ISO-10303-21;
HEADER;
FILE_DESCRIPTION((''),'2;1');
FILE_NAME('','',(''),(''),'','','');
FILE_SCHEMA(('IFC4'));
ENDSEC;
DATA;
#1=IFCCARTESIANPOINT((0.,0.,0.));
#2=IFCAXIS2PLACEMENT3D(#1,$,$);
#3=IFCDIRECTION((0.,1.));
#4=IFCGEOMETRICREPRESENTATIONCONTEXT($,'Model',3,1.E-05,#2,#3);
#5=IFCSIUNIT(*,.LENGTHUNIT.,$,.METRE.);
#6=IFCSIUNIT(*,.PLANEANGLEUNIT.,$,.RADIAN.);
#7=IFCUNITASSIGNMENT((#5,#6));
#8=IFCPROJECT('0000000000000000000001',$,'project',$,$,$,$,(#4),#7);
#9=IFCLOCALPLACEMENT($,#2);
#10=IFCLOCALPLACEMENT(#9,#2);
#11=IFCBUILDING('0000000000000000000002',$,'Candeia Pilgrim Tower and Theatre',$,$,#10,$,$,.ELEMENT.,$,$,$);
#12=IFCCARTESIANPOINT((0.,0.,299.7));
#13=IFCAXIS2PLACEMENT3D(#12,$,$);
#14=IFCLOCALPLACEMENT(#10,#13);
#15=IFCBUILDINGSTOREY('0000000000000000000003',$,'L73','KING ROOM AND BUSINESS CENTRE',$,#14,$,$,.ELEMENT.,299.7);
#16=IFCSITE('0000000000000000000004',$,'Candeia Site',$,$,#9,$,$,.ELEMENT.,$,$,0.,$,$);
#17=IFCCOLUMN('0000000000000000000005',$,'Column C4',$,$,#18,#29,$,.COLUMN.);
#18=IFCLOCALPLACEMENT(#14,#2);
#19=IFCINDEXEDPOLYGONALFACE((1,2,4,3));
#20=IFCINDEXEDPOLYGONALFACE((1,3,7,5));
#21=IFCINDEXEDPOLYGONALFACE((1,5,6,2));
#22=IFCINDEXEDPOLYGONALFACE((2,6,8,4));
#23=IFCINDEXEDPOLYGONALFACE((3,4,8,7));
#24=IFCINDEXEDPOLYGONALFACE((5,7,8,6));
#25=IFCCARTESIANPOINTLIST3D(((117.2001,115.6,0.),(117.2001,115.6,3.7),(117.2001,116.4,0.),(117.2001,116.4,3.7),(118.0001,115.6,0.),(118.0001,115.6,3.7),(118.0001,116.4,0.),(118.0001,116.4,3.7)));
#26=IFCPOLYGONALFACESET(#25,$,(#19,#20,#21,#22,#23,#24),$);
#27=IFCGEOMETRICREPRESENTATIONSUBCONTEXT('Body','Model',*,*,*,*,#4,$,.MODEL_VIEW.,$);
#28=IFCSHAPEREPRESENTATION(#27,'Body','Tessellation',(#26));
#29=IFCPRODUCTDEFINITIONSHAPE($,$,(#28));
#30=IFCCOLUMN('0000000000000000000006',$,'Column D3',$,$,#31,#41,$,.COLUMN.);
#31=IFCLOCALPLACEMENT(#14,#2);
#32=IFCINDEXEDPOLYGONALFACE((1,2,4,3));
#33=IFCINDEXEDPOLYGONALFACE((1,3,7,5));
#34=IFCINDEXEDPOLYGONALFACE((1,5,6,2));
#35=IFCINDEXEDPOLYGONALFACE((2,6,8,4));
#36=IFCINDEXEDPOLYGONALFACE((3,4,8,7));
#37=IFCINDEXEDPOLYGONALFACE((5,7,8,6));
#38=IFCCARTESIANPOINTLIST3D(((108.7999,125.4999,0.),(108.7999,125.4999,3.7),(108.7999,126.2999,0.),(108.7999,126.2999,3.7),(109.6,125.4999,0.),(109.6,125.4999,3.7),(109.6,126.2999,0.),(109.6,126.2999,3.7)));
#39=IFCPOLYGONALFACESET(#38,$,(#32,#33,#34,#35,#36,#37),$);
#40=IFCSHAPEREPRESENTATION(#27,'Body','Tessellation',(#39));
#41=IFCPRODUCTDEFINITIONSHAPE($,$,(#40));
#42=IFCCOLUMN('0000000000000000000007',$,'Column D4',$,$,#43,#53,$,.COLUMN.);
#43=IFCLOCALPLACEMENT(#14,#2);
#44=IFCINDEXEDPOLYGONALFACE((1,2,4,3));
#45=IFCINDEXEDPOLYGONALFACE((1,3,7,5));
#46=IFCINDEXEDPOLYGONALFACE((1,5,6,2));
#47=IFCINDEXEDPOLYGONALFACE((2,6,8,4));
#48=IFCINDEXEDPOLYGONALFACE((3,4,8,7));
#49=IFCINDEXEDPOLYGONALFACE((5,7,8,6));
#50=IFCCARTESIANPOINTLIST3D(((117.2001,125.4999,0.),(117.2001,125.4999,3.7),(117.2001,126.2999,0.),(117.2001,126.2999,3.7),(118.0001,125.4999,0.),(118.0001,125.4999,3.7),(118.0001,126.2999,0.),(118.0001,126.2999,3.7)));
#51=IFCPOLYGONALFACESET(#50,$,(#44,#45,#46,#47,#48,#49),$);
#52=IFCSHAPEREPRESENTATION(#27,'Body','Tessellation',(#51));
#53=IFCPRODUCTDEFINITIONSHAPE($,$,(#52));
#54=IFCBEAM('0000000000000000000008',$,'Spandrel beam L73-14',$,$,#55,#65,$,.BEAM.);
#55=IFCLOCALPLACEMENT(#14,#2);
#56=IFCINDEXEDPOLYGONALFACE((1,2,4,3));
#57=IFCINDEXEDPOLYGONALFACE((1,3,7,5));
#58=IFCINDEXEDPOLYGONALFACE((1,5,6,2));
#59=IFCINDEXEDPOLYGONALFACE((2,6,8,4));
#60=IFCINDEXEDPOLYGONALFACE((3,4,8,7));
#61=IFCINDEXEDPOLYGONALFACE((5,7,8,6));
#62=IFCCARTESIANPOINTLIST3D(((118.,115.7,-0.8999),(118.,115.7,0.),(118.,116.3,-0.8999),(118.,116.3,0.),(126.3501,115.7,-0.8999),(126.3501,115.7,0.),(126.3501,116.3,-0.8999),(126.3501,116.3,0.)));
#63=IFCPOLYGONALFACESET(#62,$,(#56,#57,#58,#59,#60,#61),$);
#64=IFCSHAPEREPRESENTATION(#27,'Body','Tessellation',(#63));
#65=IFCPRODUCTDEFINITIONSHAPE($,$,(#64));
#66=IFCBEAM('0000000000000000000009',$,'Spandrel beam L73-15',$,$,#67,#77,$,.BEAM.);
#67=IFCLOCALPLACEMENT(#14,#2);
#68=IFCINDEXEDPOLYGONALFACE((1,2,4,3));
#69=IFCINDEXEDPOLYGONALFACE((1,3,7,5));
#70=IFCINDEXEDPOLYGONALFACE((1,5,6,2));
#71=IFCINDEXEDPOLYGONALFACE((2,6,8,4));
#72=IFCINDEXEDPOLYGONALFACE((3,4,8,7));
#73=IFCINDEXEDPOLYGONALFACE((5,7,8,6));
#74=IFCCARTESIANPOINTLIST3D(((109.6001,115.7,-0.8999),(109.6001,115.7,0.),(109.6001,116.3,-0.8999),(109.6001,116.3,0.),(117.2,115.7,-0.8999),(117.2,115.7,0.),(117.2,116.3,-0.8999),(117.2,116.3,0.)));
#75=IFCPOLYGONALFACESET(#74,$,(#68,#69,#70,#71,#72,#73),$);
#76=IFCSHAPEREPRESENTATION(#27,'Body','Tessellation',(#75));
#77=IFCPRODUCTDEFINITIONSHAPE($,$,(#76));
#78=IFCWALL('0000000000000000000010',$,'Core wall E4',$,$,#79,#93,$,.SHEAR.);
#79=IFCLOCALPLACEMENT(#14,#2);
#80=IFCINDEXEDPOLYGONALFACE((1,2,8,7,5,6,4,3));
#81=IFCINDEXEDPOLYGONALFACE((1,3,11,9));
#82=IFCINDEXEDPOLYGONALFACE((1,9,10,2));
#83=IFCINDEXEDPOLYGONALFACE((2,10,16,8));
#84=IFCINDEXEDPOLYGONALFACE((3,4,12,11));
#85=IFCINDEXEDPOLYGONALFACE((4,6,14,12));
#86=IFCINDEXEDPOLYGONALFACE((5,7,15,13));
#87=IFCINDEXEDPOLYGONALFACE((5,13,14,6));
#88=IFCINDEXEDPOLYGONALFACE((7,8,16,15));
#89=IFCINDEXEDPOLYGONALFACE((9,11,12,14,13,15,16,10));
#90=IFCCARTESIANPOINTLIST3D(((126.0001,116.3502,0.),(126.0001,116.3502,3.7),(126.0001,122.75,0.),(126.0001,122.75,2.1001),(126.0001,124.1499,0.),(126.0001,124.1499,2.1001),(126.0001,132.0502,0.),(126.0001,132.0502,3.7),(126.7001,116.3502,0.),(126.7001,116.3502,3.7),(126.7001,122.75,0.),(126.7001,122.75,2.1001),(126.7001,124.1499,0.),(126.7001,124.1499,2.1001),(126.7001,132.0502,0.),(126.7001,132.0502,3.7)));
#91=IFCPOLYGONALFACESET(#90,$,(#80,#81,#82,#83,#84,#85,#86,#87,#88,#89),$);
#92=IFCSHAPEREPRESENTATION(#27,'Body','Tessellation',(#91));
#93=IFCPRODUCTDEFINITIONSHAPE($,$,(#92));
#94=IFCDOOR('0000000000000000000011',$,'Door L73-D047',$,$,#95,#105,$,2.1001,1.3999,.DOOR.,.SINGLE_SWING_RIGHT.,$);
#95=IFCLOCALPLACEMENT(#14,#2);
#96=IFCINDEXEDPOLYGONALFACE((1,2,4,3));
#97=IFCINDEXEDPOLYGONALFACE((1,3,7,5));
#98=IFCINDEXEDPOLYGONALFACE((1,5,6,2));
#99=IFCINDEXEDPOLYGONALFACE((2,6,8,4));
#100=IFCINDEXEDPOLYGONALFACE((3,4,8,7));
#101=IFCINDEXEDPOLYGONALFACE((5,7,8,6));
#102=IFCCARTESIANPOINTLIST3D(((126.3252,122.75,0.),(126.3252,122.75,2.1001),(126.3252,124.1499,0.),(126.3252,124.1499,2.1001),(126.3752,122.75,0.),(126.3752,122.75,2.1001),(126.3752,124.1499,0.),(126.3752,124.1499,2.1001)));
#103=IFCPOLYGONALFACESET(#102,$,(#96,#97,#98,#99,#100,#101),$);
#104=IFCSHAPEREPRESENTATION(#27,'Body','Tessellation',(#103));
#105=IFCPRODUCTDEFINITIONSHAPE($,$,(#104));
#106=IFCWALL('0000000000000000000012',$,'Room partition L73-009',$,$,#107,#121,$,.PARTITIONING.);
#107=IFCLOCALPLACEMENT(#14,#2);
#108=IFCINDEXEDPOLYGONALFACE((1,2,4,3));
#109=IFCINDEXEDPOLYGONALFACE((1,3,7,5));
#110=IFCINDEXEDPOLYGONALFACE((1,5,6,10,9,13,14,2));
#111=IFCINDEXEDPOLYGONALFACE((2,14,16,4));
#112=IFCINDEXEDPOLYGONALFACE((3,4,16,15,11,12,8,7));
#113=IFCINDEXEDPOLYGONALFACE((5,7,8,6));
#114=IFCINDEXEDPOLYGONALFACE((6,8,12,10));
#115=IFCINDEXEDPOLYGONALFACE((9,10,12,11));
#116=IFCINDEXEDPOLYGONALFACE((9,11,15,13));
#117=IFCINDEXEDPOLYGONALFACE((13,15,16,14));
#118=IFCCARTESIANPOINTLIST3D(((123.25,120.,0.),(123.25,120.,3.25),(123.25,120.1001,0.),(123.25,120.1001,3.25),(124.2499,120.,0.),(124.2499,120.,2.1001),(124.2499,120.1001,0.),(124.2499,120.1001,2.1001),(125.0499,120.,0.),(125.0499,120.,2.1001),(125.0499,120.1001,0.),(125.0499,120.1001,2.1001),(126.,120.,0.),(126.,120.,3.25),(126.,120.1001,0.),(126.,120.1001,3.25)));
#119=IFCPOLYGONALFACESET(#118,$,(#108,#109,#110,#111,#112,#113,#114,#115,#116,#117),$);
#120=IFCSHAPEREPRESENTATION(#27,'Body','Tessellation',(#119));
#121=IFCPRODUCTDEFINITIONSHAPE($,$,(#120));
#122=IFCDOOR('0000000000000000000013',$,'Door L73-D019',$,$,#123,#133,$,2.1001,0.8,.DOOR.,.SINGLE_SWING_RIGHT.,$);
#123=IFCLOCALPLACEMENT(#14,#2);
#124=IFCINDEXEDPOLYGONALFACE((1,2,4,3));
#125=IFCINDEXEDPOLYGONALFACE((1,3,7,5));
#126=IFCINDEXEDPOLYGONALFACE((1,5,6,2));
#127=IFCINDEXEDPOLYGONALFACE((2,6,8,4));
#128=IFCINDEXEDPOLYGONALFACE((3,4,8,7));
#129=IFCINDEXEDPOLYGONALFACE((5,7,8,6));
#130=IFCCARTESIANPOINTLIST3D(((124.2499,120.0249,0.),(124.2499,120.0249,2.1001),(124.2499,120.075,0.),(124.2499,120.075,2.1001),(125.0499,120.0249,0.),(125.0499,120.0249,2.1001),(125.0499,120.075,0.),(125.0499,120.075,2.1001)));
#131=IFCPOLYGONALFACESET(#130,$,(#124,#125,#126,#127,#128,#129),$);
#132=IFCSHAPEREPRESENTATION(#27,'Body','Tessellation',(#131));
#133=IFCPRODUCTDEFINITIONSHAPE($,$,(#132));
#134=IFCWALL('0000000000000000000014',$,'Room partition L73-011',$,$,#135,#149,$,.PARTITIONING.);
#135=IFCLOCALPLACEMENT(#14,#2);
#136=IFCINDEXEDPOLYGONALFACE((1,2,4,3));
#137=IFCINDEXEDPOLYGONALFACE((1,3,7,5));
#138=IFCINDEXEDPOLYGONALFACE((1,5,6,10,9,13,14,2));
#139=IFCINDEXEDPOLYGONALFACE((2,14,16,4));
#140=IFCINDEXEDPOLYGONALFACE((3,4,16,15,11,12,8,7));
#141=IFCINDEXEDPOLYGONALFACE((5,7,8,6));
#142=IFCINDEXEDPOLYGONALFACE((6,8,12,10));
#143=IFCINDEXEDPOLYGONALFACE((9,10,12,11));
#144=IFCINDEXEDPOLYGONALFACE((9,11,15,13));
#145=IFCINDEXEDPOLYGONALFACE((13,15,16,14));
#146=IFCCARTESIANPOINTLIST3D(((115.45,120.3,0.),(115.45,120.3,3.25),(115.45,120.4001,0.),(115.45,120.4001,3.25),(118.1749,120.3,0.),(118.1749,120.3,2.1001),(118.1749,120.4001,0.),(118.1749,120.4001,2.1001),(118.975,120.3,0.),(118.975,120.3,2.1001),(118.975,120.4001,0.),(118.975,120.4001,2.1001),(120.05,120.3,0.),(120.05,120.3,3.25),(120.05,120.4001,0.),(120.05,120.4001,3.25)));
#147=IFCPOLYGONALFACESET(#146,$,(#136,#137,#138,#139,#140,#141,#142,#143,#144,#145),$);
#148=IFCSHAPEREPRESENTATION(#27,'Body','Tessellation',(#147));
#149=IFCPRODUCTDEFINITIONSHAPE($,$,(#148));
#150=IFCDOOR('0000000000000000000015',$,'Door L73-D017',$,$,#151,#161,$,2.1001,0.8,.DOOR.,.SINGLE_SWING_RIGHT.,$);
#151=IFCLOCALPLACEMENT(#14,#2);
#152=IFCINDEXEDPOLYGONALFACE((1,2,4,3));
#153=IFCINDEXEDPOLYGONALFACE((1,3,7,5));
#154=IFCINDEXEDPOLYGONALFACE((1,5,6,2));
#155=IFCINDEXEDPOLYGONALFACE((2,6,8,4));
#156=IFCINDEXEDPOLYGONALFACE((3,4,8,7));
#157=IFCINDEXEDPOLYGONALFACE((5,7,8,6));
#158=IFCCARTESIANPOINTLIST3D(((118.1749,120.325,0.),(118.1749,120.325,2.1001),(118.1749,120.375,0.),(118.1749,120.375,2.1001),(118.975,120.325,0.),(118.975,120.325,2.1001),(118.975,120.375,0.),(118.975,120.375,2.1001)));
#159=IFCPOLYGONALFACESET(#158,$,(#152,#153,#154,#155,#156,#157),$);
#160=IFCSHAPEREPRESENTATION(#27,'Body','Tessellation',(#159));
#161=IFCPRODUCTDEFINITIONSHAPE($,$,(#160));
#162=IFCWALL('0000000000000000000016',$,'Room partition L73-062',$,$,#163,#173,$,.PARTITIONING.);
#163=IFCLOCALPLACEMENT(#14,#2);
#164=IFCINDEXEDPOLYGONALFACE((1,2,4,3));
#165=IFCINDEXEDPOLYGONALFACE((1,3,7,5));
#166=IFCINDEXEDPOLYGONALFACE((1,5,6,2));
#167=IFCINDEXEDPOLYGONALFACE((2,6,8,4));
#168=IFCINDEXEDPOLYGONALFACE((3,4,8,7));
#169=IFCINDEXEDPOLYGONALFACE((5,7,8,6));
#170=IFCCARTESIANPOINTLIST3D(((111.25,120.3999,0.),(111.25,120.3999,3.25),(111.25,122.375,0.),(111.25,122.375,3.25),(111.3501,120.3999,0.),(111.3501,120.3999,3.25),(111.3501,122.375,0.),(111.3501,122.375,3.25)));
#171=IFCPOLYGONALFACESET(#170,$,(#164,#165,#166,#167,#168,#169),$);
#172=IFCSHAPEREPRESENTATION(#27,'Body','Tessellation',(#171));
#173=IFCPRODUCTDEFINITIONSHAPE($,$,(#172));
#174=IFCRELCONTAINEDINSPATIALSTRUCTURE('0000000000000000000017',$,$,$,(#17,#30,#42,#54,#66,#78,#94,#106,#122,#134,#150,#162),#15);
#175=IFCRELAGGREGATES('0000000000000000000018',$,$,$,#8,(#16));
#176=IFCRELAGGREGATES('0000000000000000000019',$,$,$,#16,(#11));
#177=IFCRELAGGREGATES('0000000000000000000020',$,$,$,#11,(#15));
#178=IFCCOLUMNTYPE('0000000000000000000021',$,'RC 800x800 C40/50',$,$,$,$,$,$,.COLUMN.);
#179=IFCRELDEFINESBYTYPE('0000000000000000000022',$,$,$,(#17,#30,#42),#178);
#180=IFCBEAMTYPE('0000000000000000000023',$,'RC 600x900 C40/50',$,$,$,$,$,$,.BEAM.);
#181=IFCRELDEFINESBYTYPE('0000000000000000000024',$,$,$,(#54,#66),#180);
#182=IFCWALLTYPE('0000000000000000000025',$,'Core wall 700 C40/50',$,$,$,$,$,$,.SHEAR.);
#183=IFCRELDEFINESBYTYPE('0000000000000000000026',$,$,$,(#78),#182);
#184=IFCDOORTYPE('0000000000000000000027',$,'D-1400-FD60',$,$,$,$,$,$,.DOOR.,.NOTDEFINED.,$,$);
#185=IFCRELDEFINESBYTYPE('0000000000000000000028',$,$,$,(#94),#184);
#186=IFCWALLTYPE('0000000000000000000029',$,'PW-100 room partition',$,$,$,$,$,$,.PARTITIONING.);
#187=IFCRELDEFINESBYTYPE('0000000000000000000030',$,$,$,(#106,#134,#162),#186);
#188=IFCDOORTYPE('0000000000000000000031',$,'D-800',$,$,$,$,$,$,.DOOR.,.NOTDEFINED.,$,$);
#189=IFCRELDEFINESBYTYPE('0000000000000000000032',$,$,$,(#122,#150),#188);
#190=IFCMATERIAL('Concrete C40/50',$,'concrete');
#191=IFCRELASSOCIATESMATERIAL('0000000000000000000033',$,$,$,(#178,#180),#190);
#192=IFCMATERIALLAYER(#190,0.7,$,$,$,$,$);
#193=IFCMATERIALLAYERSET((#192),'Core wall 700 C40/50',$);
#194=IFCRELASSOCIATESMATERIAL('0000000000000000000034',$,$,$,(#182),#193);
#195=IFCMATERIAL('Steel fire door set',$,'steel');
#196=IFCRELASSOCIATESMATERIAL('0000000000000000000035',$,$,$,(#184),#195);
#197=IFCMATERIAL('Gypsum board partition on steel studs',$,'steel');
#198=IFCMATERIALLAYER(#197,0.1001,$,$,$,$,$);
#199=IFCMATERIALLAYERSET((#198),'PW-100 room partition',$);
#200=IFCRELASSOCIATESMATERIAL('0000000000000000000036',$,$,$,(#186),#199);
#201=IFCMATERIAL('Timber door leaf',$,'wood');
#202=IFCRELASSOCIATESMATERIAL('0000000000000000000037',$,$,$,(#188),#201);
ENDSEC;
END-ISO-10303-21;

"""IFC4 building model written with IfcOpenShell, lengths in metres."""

from ifc_helpers import new_model, si_unit, direction, frame, frame_2d, origin, origin_2d, place, context, subcontext, project, spatial, rectangle, extrude, material, layer, layer_set, material_profile, profile_set, type_object, element, fill, save


model = new_model("IFC4")

# Units and contexts
model_context = context("Model", 3, precision=1e-05, world=origin(), true_north=direction((0.0, 1.0)))
body_context = subcontext(model_context, "Body", "Model", "MODEL_VIEW")
ifc_project = project(units=[si_unit("LENGTHUNIT", "METRE"), si_unit("PLANEANGLEUNIT", "RADIAN")], contexts=[model_context])

# Site, building, storey
site_placement = place(None, origin())
site = spatial("IfcSite", under=ifc_project, at=site_placement, Name="Candeia Site", CompositionType="ELEMENT", RefElevation=0.0)
building_placement = place(site_placement, origin())
building = spatial("IfcBuilding", under=site, at=building_placement, Name="Candeia Pilgrim Tower and Theatre", CompositionType="ELEMENT")
storey_placement = place(building_placement, frame((0.0, 0.0, 299.7)))
storey = spatial("IfcBuildingStorey", under=building, at=storey_placement, Name="L73", Description="KING ROOM AND BUSINESS CENTRE", CompositionType="ELEMENT", Elevation=299.7)

# Columns
ifc_material_1 = material(Name="Concrete C40/50", Category="concrete")
ifc_material_profile_1 = material_profile(ifc_material_1, rectangle(XDim=0.8, YDim=0.8, at=origin_2d()))
ifc_profile_set_1 = profile_set([ifc_material_profile_1], Name="Concrete C40/50")
column_type = type_object("IfcColumnType", Name="RC 800x800 C40/50", PredefinedType="COLUMN", material=ifc_profile_set_1)
for number, where, z_axis, x_axis, name in (
    (1, (117.6001, 116.0, 0.0), (0.0, 0.0, 1.0), (1.0, 0.0, 0.0), "Column C4"),
    (2, (109.2, 125.8999, 0.0), (0.0, 0.0, 1.0), (1.0, 0.0, 0.0), "Column D3"),
    (3, (117.6001, 125.8999, 0.0), (0.0, 0.0, 1.0), (1.0, 0.0, 0.0), "Column D4"),
):
    element("IfcColumn", number, at=place(storey_placement, frame(where, z_axis=z_axis, x_axis=x_axis)), inside=storey, type_object=column_type, Name=name, PredefinedType="COLUMN", context=body_context, shape_type="SweptSolid", body=[
        extrude(rectangle(XDim=0.8, YDim=0.8, at=origin_2d()), origin(), (0.0, 0.0, 1.0), 3.7),
    ])

# Beams
ifc_material_profile_2 = material_profile(ifc_material_1, rectangle(XDim=0.6001, YDim=0.8999, at=origin_2d()))
ifc_profile_set_2 = profile_set([ifc_material_profile_2], Name="Concrete C40/50")
beam_type = type_object("IfcBeamType", Name="RC 600x900 C40/50", PredefinedType="BEAM", material=ifc_profile_set_2)
beam_1_placement = place(storey_placement, frame((126.3501, 116.0, -0.45), z_axis=(-1.0, 0.0, 0.0), x_axis=(0.0, -1.0, 0.0)))
element("IfcBeam", 4, at=beam_1_placement, inside=storey, type_object=beam_type, Name="Spandrel beam L73-14", PredefinedType="BEAM", context=body_context, shape_type="SweptSolid", body=[
    extrude(rectangle(XDim=0.6001, YDim=0.8999, at=origin_2d()), origin(), (0.0, 0.0, 1.0), 8.3501),
])
beam_2_placement = place(storey_placement, frame((117.2, 116.0, -0.45), z_axis=(-1.0, 0.0, 0.0), x_axis=(0.0, -1.0, 0.0)))
element("IfcBeam", 5, at=beam_2_placement, inside=storey, type_object=beam_type, Name="Spandrel beam L73-15", PredefinedType="BEAM", context=body_context, shape_type="SweptSolid", body=[
    extrude(rectangle(XDim=0.6001, YDim=0.8999, at=origin_2d()), origin(), (0.0, 0.0, 1.0), 7.5999),
])

# Walls, openings, doors
ifc_layer_1 = layer(ifc_material_1, 0.7)
ifc_layer_set_1 = layer_set([ifc_layer_1], Name="Core wall 700 C40/50")
wall_type_1 = type_object("IfcWallType", Name="Core wall 700 C40/50", PredefinedType="SHEAR", material=ifc_layer_set_1)
wall_1_placement = place(storey_placement, frame((126.3501, 116.3501, 0.0), z_axis=(0.0, 0.0, 1.0), x_axis=(0.0, 1.0, 0.0)))
wall_1 = element("IfcWall", 6, at=wall_1_placement, inside=storey, type_object=wall_type_1, Name="Core wall E4", PredefinedType="SHEAR", context=body_context, shape_type="SweptSolid", body=[
    extrude(rectangle(XDim=15.7, YDim=0.7, at=frame_2d((7.8501, 0.0))), origin(), (0.0, 0.0, 1.0), 3.7),
])
opening_1_placement = place(wall_1_placement, frame((6.3999, 0.0, 0.0)))
opening_1 = element("IfcOpeningElement", 7, at=opening_1_placement, cuts=wall_1, PredefinedType="OPENING", context=body_context, shape_type="SweptSolid", body=[
    extrude(rectangle(XDim=1.3999, YDim=2.1001, at=frame_2d((0.7, 1.05))), frame((0.0, 0.3599, 0.0), z_axis=(0.0, -1.0, 0.0), x_axis=(1.0, 0.0, 0.0)), (0.0, 0.0, 1.0), 0.72),
])
ifc_material_2 = material(Name="Steel fire door set", Category="steel")
door_type_1 = type_object("IfcDoorType", Name="D-1400-FD60", OperationType="NOTDEFINED", PredefinedType="DOOR", material=ifc_material_2)
door_1_placement = place(opening_1_placement, origin())
door_1 = element("IfcDoor", 8, at=door_1_placement, inside=storey, type_object=door_type_1, Name="Door L73-D047", OperationType="SINGLE_SWING_RIGHT", OverallHeight=2.1001, OverallWidth=1.3999, PredefinedType="DOOR", context=body_context, shape_type="SweptSolid", body=[
    extrude(rectangle(XDim=1.3999, YDim=2.1001, at=frame_2d((0.7, 1.05))), frame((0.0, 0.0249, 0.0), z_axis=(0.0, -1.0, 0.0), x_axis=(1.0, 0.0, 0.0)), (0.0, 0.0, 1.0), 0.05),
])
fill(opening_1, door_1)
ifc_material_3 = material(Name="Gypsum board partition on steel studs", Category="steel")
ifc_layer_2 = layer(ifc_material_3, 0.1001)
ifc_layer_set_2 = layer_set([ifc_layer_2], Name="PW-100 room partition")
wall_type_2 = type_object("IfcWallType", Name="PW-100 room partition", PredefinedType="PARTITIONING", material=ifc_layer_set_2)
wall_2_placement = place(storey_placement, frame((123.25, 120.05, 0.0), z_axis=(0.0, 0.0, 1.0), x_axis=(1.0, 0.0, 0.0)))
wall_2 = element("IfcWall", 9, at=wall_2_placement, inside=storey, type_object=wall_type_2, Name="Room partition L73-009", PredefinedType="PARTITIONING", context=body_context, shape_type="SweptSolid", body=[
    extrude(rectangle(XDim=2.75, YDim=0.1001, at=frame_2d((1.375, 0.0))), origin(), (0.0, 0.0, 1.0), 3.25),
])
opening_2_placement = place(wall_2_placement, frame((1.0, 0.0, 0.0)))
opening_2 = element("IfcOpeningElement", 10, at=opening_2_placement, cuts=wall_2, PredefinedType="OPENING", context=body_context, shape_type="SweptSolid", body=[
    extrude(rectangle(XDim=0.8, YDim=2.1001, at=frame_2d((0.3999, 1.05))), frame((0.0, 0.0601, 0.0), z_axis=(0.0, -1.0, 0.0), x_axis=(1.0, 0.0, 0.0)), (0.0, 0.0, 1.0), 0.1201),
])
ifc_material_4 = material(Name="Timber door leaf", Category="wood")
door_type_2 = type_object("IfcDoorType", Name="D-800", OperationType="NOTDEFINED", PredefinedType="DOOR", material=ifc_material_4)
door_2_placement = place(opening_2_placement, origin())
door_2 = element("IfcDoor", 11, at=door_2_placement, inside=storey, type_object=door_type_2, Name="Door L73-D019", OperationType="SINGLE_SWING_RIGHT", OverallHeight=2.1001, OverallWidth=0.8, PredefinedType="DOOR", context=body_context, shape_type="SweptSolid", body=[
    extrude(rectangle(XDim=0.8, YDim=2.1001, at=frame_2d((0.3999, 1.05))), frame((0.0, 0.0249, 0.0), z_axis=(0.0, -1.0, 0.0), x_axis=(1.0, 0.0, 0.0)), (0.0, 0.0, 1.0), 0.05),
])
fill(opening_2, door_2)
wall_3_placement = place(storey_placement, frame((115.45, 120.3501, 0.0), z_axis=(0.0, 0.0, 1.0), x_axis=(1.0, 0.0, 0.0)))
wall_3 = element("IfcWall", 12, at=wall_3_placement, inside=storey, type_object=wall_type_2, Name="Room partition L73-011", PredefinedType="PARTITIONING", context=body_context, shape_type="SweptSolid", body=[
    extrude(rectangle(XDim=4.6001, YDim=0.1001, at=frame_2d((2.3, 0.0))), origin(), (0.0, 0.0, 1.0), 3.25),
])
opening_3_placement = place(wall_3_placement, frame((2.7251, 0.0, 0.0)))
opening_3 = element("IfcOpeningElement", 13, at=opening_3_placement, cuts=wall_3, PredefinedType="OPENING", context=body_context, shape_type="SweptSolid", body=[
    extrude(rectangle(XDim=0.8, YDim=2.1001, at=frame_2d((0.3999, 1.05))), frame((0.0, 0.0601, 0.0), z_axis=(0.0, -1.0, 0.0), x_axis=(1.0, 0.0, 0.0)), (0.0, 0.0, 1.0), 0.1201),
])
door_3_placement = place(opening_3_placement, origin())
door_3 = element("IfcDoor", 14, at=door_3_placement, inside=storey, type_object=door_type_2, Name="Door L73-D017", OperationType="SINGLE_SWING_RIGHT", OverallHeight=2.1001, OverallWidth=0.8, PredefinedType="DOOR", context=body_context, shape_type="SweptSolid", body=[
    extrude(rectangle(XDim=0.8, YDim=2.1001, at=frame_2d((0.3999, 1.05))), frame((0.0, 0.0249, 0.0), z_axis=(0.0, -1.0, 0.0), x_axis=(1.0, 0.0, 0.0)), (0.0, 0.0, 1.0), 0.05),
])
fill(opening_3, door_3)

# Wall
wall_4_placement = place(storey_placement, frame((111.3, 120.3999, 0.0), z_axis=(0.0, 0.0, 1.0), x_axis=(0.0, 1.0, 0.0)))
element("IfcWall", 15, at=wall_4_placement, inside=storey, type_object=wall_type_2, Name="Room partition L73-062", PredefinedType="PARTITIONING", context=body_context, shape_type="SweptSolid", body=[
    extrude(rectangle(XDim=1.9751, YDim=0.1001, at=frame_2d((0.9875, 0.0))), origin(), (0.0, 0.0, 1.0), 3.25),
])

save(model, "model.ifc")
